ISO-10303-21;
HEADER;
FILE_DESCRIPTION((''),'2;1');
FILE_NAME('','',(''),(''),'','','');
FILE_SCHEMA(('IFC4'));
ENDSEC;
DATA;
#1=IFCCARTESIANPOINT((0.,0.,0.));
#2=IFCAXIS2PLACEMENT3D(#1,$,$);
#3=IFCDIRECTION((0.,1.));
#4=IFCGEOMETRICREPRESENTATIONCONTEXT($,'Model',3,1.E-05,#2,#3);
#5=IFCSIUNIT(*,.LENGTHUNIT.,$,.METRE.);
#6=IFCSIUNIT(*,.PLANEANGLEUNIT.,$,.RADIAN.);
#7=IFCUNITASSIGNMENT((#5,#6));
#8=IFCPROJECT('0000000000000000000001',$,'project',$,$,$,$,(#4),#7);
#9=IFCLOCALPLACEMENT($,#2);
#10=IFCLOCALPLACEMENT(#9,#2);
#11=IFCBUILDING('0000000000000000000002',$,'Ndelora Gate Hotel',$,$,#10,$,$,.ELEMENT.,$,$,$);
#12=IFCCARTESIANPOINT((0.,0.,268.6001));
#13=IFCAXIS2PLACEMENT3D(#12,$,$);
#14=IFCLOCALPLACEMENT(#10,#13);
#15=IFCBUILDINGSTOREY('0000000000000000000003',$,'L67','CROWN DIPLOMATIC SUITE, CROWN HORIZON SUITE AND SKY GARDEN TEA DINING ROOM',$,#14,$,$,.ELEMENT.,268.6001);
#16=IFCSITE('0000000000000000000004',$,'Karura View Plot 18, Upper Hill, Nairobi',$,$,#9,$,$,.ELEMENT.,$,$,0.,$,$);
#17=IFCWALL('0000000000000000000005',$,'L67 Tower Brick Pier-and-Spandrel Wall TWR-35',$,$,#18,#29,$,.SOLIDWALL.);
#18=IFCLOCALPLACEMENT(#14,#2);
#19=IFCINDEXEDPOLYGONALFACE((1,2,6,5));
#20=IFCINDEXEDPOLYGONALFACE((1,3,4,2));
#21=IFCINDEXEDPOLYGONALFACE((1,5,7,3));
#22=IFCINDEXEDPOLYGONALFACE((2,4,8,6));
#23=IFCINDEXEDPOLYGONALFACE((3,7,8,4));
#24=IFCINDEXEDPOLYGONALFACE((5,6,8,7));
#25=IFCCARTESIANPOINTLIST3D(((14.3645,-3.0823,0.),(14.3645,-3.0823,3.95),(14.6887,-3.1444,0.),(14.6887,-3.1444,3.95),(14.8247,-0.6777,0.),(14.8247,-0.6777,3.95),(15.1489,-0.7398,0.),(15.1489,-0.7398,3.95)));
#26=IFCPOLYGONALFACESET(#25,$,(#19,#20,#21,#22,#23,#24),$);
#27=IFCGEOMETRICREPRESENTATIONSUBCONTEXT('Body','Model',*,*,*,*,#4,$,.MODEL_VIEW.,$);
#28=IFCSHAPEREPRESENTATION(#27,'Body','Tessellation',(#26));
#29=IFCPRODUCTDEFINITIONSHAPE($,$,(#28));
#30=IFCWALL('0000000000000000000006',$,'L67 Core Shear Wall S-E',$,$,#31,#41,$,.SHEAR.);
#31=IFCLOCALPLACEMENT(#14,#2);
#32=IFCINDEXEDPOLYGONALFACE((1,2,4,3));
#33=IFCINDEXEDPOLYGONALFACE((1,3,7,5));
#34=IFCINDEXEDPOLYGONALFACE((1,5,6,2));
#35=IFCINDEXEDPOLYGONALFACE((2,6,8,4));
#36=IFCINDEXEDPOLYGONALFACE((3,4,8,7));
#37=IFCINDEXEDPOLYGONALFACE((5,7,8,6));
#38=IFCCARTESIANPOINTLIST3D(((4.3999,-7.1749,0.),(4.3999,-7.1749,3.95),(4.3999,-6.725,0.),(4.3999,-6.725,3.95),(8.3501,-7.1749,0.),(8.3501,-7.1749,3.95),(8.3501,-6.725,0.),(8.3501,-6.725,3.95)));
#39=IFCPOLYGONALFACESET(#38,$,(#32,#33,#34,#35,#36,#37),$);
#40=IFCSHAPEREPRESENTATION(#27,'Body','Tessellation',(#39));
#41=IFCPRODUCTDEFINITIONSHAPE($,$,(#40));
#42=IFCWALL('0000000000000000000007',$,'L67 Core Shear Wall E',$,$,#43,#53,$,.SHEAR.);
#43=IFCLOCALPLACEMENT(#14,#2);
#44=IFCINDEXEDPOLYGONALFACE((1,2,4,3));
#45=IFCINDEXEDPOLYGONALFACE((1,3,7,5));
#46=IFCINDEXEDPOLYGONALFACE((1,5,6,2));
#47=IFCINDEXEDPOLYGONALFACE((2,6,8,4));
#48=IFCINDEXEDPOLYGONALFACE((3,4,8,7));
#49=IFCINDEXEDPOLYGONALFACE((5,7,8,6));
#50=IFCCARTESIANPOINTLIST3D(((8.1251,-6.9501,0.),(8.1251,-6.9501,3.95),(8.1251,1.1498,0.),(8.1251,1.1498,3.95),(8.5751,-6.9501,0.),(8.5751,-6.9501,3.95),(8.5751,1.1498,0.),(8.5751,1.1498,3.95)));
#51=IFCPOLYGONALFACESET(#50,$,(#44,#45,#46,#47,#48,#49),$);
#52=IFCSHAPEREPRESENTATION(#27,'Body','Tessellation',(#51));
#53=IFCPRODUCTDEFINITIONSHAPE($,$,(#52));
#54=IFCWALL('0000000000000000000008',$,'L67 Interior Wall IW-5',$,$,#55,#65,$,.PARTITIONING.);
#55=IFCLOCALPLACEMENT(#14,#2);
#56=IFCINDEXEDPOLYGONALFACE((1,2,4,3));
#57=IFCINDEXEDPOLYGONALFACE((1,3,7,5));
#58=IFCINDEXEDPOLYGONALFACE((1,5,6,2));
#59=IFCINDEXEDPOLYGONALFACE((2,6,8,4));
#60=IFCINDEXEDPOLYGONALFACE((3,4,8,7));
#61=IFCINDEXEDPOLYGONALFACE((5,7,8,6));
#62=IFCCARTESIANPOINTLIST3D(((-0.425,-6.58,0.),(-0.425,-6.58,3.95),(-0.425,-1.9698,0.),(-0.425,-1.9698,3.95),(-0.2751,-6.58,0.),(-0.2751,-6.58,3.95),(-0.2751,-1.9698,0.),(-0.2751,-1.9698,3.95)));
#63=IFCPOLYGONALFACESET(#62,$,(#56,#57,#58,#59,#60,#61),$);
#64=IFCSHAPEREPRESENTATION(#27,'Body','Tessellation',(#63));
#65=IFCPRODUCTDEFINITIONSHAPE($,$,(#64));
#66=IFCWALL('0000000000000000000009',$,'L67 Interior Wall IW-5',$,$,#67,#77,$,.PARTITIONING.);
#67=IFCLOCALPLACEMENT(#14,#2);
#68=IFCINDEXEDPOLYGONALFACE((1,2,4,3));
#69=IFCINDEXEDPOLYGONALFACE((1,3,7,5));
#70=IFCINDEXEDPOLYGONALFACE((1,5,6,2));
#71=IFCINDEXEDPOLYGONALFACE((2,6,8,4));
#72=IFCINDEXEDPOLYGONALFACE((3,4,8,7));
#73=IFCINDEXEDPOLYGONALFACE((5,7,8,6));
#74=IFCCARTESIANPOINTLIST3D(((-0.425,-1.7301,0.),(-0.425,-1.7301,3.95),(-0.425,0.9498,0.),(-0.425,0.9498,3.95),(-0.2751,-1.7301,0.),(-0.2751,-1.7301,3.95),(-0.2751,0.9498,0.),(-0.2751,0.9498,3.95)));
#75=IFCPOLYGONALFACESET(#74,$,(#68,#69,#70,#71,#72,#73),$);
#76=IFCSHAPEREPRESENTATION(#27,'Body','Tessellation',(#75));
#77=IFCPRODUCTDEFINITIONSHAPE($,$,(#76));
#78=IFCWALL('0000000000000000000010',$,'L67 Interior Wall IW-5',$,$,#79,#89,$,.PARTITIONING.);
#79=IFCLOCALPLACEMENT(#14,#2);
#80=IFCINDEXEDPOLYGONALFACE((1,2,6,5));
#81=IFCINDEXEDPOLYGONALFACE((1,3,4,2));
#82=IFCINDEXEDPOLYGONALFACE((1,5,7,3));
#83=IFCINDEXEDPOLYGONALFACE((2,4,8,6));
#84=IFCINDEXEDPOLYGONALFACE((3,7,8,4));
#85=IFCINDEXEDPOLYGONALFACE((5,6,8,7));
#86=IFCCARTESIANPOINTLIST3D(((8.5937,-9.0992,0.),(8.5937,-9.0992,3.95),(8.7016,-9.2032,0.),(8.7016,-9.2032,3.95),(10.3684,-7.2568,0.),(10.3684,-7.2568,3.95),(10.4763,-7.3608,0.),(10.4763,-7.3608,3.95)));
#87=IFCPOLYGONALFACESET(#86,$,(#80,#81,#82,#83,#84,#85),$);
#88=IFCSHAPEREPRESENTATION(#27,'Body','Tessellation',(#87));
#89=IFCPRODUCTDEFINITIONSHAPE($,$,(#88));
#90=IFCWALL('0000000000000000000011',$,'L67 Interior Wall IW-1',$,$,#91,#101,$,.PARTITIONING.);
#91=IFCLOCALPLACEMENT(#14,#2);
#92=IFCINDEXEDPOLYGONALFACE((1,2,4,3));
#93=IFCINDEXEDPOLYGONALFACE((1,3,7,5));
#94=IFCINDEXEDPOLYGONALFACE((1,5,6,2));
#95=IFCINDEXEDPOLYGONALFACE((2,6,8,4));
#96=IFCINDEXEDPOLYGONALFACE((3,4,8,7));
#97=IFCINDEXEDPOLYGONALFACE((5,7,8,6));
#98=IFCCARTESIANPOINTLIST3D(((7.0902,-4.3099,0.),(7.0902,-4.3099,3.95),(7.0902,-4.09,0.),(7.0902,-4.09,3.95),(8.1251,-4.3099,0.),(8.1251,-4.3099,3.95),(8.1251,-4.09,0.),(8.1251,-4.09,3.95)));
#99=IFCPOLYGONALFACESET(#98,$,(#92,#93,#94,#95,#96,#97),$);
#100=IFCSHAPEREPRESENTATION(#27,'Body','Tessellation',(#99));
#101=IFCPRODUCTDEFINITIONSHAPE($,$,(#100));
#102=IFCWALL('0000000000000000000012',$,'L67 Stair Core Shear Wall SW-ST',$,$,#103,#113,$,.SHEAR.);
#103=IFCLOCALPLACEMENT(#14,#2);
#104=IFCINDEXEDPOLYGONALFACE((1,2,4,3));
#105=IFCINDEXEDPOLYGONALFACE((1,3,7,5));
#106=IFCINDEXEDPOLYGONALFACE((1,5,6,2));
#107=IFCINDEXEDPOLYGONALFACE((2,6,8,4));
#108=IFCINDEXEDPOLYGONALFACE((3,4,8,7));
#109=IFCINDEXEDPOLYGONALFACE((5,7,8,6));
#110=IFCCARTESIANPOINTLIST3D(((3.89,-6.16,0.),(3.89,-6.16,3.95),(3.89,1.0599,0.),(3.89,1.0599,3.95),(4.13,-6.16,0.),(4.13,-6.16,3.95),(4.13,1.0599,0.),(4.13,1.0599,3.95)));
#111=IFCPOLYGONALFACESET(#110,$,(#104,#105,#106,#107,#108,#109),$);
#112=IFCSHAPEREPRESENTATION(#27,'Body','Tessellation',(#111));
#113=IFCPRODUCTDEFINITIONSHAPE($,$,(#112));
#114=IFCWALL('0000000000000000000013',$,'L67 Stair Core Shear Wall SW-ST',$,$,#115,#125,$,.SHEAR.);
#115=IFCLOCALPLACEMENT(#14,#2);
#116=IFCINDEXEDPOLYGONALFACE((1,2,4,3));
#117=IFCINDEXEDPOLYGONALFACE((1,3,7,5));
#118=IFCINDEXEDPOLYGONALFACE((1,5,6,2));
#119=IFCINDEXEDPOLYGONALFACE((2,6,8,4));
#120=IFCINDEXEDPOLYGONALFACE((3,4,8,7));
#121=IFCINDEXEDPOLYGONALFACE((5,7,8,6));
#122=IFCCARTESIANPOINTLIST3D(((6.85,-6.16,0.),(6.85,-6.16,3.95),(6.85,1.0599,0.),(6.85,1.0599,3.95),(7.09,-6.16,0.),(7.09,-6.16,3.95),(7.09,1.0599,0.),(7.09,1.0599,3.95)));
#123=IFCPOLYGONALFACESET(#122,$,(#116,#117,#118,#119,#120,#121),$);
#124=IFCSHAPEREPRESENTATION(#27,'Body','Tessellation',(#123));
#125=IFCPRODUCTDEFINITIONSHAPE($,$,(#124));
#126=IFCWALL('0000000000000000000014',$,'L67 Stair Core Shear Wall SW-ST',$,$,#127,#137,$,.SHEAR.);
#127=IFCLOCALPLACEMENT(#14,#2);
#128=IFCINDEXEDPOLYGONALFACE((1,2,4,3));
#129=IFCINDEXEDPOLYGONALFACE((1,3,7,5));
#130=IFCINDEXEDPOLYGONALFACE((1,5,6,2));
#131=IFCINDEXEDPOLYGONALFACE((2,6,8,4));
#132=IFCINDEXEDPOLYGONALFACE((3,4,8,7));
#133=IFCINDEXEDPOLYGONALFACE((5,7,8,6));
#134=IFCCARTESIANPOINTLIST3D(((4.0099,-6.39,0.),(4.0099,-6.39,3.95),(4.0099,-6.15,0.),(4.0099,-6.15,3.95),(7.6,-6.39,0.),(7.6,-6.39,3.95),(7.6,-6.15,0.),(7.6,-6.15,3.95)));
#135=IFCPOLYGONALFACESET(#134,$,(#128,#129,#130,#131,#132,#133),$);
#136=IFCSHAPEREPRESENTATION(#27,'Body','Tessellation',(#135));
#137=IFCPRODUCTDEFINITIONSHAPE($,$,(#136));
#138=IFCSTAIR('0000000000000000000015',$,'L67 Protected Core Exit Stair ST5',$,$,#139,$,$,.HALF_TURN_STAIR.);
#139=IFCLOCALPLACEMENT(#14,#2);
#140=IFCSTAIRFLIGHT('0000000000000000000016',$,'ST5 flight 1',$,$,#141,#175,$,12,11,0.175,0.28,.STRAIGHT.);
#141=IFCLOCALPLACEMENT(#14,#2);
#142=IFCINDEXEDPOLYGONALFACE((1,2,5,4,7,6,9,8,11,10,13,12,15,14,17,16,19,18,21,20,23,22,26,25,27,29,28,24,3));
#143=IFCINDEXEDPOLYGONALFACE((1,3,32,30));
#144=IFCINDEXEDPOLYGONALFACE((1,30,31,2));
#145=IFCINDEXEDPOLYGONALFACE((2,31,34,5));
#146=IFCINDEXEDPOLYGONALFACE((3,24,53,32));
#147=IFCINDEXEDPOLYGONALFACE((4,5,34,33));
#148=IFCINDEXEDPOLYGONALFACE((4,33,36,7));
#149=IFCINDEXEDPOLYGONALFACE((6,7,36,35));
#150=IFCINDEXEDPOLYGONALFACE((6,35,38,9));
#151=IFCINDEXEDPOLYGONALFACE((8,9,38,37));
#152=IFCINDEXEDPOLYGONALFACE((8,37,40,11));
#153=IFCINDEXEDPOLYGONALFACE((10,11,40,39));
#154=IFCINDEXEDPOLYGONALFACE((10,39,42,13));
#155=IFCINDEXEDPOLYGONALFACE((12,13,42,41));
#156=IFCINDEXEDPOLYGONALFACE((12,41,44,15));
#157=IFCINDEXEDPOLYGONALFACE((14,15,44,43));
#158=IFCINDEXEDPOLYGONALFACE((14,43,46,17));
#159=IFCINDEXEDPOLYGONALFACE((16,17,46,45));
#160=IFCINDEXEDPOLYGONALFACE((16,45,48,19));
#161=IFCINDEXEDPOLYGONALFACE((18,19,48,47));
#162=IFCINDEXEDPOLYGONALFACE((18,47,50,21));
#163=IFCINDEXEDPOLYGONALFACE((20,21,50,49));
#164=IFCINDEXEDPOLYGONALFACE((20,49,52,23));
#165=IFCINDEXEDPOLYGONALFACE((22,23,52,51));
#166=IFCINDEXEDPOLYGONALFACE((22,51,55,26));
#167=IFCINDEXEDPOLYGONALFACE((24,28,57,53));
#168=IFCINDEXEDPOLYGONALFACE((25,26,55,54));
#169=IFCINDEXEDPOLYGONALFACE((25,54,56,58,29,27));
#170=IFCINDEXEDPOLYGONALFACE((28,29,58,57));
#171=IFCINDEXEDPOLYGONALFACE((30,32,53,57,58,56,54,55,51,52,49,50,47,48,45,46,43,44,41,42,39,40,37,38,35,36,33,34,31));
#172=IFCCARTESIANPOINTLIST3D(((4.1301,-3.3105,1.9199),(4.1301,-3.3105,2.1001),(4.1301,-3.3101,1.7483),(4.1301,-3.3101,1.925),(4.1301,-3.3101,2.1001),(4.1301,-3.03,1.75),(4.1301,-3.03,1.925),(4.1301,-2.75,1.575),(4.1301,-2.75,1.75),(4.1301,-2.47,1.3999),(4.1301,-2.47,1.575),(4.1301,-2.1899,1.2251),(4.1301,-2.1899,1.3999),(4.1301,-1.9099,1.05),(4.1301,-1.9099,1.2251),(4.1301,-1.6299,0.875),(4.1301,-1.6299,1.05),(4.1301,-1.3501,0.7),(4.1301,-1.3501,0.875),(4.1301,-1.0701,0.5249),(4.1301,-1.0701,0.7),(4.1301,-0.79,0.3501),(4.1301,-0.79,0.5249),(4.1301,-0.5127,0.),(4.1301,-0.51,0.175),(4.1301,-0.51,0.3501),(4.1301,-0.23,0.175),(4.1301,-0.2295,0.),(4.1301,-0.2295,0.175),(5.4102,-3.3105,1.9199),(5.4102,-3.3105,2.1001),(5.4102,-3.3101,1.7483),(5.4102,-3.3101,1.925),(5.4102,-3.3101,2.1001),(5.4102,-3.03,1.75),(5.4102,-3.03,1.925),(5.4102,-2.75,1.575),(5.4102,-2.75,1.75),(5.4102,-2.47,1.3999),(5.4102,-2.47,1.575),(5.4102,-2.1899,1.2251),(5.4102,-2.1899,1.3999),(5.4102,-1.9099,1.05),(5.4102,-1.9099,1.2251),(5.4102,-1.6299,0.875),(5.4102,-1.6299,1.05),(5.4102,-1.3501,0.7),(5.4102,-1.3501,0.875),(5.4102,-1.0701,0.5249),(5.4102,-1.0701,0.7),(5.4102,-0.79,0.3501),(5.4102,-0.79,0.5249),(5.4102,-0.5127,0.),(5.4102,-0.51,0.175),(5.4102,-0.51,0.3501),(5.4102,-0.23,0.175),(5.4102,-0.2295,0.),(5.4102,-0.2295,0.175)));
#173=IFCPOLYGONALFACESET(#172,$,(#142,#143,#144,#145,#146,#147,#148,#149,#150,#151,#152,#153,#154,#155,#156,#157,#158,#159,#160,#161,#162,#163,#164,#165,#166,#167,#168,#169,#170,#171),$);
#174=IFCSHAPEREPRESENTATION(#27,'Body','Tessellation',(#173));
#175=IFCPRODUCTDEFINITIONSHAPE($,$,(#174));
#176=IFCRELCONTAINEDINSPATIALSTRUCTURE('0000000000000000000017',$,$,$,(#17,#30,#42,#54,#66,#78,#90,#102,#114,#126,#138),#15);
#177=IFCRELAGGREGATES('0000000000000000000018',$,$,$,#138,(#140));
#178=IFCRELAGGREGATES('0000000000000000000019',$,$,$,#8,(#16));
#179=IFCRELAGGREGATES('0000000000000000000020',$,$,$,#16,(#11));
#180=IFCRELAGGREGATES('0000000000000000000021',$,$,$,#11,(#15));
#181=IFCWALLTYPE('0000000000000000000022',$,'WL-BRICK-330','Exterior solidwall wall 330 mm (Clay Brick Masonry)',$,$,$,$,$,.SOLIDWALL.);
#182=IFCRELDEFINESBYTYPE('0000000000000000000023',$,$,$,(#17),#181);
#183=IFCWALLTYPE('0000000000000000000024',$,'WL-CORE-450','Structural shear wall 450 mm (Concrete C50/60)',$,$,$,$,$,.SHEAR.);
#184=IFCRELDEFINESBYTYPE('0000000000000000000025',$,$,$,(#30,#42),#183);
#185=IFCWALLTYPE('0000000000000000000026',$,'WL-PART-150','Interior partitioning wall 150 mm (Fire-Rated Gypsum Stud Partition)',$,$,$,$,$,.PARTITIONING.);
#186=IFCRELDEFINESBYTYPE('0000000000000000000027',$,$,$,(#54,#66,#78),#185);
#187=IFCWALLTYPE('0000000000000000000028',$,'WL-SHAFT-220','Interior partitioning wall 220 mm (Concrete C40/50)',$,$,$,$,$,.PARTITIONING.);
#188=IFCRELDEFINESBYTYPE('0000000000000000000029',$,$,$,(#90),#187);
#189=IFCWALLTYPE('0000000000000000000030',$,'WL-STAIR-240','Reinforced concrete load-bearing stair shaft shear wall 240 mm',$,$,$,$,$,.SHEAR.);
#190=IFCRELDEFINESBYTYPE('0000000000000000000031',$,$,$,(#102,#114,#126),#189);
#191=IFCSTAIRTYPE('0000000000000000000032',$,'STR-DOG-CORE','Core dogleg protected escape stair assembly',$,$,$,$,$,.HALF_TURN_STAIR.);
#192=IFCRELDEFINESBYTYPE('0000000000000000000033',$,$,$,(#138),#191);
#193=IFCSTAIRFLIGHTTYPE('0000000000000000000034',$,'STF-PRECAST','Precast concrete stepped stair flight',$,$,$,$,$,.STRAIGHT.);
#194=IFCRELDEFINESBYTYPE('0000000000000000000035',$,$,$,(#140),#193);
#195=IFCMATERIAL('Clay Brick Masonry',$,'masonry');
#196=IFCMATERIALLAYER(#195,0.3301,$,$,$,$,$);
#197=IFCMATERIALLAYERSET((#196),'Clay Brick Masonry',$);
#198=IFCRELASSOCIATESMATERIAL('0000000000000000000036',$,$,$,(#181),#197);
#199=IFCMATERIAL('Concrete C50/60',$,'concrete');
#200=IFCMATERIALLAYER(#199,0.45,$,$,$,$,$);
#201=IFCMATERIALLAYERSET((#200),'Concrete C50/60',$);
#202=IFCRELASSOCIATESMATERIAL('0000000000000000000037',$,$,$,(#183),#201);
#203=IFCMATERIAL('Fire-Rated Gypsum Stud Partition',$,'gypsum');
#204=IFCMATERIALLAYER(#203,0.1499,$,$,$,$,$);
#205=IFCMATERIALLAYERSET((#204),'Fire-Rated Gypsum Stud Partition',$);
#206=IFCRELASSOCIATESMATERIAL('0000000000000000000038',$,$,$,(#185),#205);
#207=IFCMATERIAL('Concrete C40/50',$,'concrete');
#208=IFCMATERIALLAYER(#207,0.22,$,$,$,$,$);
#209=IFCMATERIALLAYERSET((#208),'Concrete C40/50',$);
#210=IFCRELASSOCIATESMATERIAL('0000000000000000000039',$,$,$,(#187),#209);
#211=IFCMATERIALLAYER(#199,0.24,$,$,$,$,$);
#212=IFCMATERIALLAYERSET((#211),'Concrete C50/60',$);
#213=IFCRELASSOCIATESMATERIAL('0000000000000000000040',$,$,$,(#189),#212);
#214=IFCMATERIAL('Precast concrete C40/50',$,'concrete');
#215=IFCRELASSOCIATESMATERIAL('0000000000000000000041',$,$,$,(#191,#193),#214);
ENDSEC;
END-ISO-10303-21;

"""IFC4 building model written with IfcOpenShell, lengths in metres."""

from ifc_helpers import new_model, si_unit, direction, frame, frame_2d, origin, place, context, subcontext, project, spatial, polyline, rectangle, outline, extrude, material, layer, layer_set, type_object, element, aggregate, save


model = new_model("IFC4")

# Units and contexts
model_context = context("Model", 3, precision=1e-05, world=origin(), true_north=direction((0.0, 1.0)))
body_context = subcontext(model_context, "Body", "Model", "MODEL_VIEW")
ifc_project = project(units=[si_unit("LENGTHUNIT", "METRE"), si_unit("PLANEANGLEUNIT", "RADIAN")], contexts=[model_context])

# Site, building, storey
site_placement = place(None, origin())
site = spatial("IfcSite", under=ifc_project, at=site_placement, Name="Karura View Plot 18, Upper Hill, Nairobi", CompositionType="ELEMENT", RefElevation=0.0)
building_placement = place(site_placement, origin())
building = spatial("IfcBuilding", under=site, at=building_placement, Name="Ndelora Gate Hotel", CompositionType="ELEMENT")
storey_placement = place(building_placement, frame((0.0, 0.0, 268.6001)))
storey = spatial("IfcBuildingStorey", under=building, at=storey_placement, Name="L67", Description="CROWN DIPLOMATIC SUITE, CROWN HORIZON SUITE AND SKY GARDEN TEA DINING ROOM", CompositionType="ELEMENT", Elevation=268.6001)

# Shared definitions
ifc_material_1 = material(Name="Concrete C50/60", Category="concrete")

# Walls
ifc_material_2 = material(Name="Clay Brick Masonry", Category="masonry")
ifc_layer_1 = layer(ifc_material_2, 0.3301)
ifc_layer_set_1 = layer_set([ifc_layer_1], Name="Clay Brick Masonry")
wall_type_1 = type_object("IfcWallType", Name="WL-BRICK-330", Description="Exterior solidwall wall 330 mm (Clay Brick Masonry)", PredefinedType="SOLIDWALL", material=ifc_layer_set_1)
wall_1_placement = place(storey_placement, frame((14.9868, -0.7087, 0.0), z_axis=(0.0, 0.0, 1.0), x_axis=(-0.187978, -0.982173, 0.0)))
element("IfcWall", 1, at=wall_1_placement, inside=storey, type_object=wall_type_1, Name="L67 Tower Brick Pier-and-Spandrel Wall TWR-35", PredefinedType="SOLIDWALL", context=body_context, shape_type="SweptSolid", body=[
    extrude(rectangle(XDim=2.4482, YDim=0.3301, at=frame_2d((1.2241, 0.0))), origin(), (0.0, 0.0, 1.0), 3.95),
])
ifc_layer_2 = layer(ifc_material_1, 0.45)
ifc_layer_set_2 = layer_set([ifc_layer_2], Name="Concrete C50/60")
wall_type_2 = type_object("IfcWallType", Name="WL-CORE-450", Description="Structural shear wall 450 mm (Concrete C50/60)", PredefinedType="SHEAR", material=ifc_layer_set_2)
wall_2_placement = place(storey_placement, frame((4.3999, -6.95, 0.0), z_axis=(0.0, 0.0, 1.0), x_axis=(1.0, 0.0, 0.0)))
element("IfcWall", 2, at=wall_2_placement, inside=storey, type_object=wall_type_2, Name="L67 Core Shear Wall S-E", PredefinedType="SHEAR", context=body_context, shape_type="SweptSolid", body=[
    extrude(rectangle(XDim=3.9502, YDim=0.45, at=frame_2d((1.9751, 0.0))), origin(), (0.0, 0.0, 1.0), 3.95),
])
wall_3_placement = place(storey_placement, frame((8.3501, -6.95, 0.0), z_axis=(0.0, 0.0, 1.0), x_axis=(0.0, 1.0, 0.0)))
element("IfcWall", 3, at=wall_3_placement, inside=storey, type_object=wall_type_2, Name="L67 Core Shear Wall E", PredefinedType="SHEAR", context=body_context, shape_type="SweptSolid", body=[
    extrude(rectangle(XDim=8.0999, YDim=0.45, at=frame_2d((4.0498, 0.0))), origin(), (0.0, 0.0, 1.0), 3.95),
])
ifc_material_3 = material(Name="Fire-Rated Gypsum Stud Partition", Category="gypsum")
ifc_layer_3 = layer(ifc_material_3, 0.1499)
ifc_layer_set_3 = layer_set([ifc_layer_3], Name="Fire-Rated Gypsum Stud Partition")
wall_type_3 = type_object("IfcWallType", Name="WL-PART-150", Description="Interior partitioning wall 150 mm (Fire-Rated Gypsum Stud Partition)", PredefinedType="PARTITIONING", material=ifc_layer_set_3)
wall_4_placement = place(storey_placement, frame((-0.3501, -6.5801, 0.0), z_axis=(0.0, 0.0, 1.0), x_axis=(0.0, 1.0, 0.0)))
element("IfcWall", 4, at=wall_4_placement, inside=storey, type_object=wall_type_3, Name="L67 Interior Wall IW-5", PredefinedType="PARTITIONING", context=body_context, shape_type="SweptSolid", body=[
    extrude(rectangle(XDim=4.6101, YDim=0.1499, at=frame_2d((2.3052, 0.0))), origin(), (0.0, 0.0, 1.0), 3.95),
])
wall_5_placement = place(storey_placement, frame((-0.3501, -1.73, 0.0), z_axis=(0.0, 0.0, 1.0), x_axis=(0.0, 1.0, 0.0)))
element("IfcWall", 5, at=wall_5_placement, inside=storey, type_object=wall_type_3, Name="L67 Interior Wall IW-5", PredefinedType="PARTITIONING", context=body_context, shape_type="SweptSolid", body=[
    extrude(rectangle(XDim=2.6799, YDim=0.1499, at=frame_2d((1.3398, 0.0))), origin(), (0.0, 0.0, 1.0), 3.95),
])
wall_6_placement = place(storey_placement, frame((10.4224, -7.3088, 0.0), z_axis=(0.0, 0.0, 1.0), x_axis=(-0.693765, -0.720202, 0.0)))
element("IfcWall", 6, at=wall_6_placement, inside=storey, type_object=wall_type_3, Name="L67 Interior Wall IW-5", PredefinedType="PARTITIONING", context=body_context, shape_type="SweptSolid", body=[
    extrude(rectangle(XDim=2.5581, YDim=0.1499, at=frame_2d((1.2791, 0.0))), origin(), (0.0, 0.0, 1.0), 3.95),
])
ifc_material_4 = material(Name="Concrete C40/50", Category="concrete")
ifc_layer_4 = layer(ifc_material_4, 0.22)
ifc_layer_set_4 = layer_set([ifc_layer_4], Name="Concrete C40/50")
wall_type_4 = type_object("IfcWallType", Name="WL-SHAFT-220", Description="Interior partitioning wall 220 mm (Concrete C40/50)", PredefinedType="PARTITIONING", material=ifc_layer_set_4)
wall_7_placement = place(storey_placement, frame((7.0901, -4.2, 0.0), z_axis=(0.0, 0.0, 1.0), x_axis=(1.0, 0.0, 0.0)))
element("IfcWall", 7, at=wall_7_placement, inside=storey, type_object=wall_type_4, Name="L67 Interior Wall IW-1", PredefinedType="PARTITIONING", context=body_context, shape_type="SweptSolid", body=[
    extrude(rectangle(XDim=1.0349, YDim=0.22, at=frame_2d((0.5176, 0.0))), origin(), (0.0, 0.0, 1.0), 3.95),
])
ifc_layer_5 = layer(ifc_material_1, 0.24)
ifc_layer_set_5 = layer_set([ifc_layer_5], Name="Concrete C50/60")
wall_type_5 = type_object("IfcWallType", Name="WL-STAIR-240", Description="Reinforced concrete load-bearing stair shaft shear wall 240 mm", PredefinedType="SHEAR", material=ifc_layer_set_5)
for number, where, z_axis, x_axis, name in (
    (8, (4.01, -6.1599, 0.0), (0.0, 0.0, 1.0), (0.0, 1.0, 0.0), "L67 Stair Core Shear Wall SW-ST"),
    (9, (6.97, -6.1599, 0.0), (0.0, 0.0, 1.0), (0.0, 1.0, 0.0), "L67 Stair Core Shear Wall SW-ST"),
):
    element("IfcWall", number, at=place(storey_placement, frame(where, z_axis=z_axis, x_axis=x_axis)), inside=storey, type_object=wall_type_5, Name=name, PredefinedType="SHEAR", context=body_context, shape_type="SweptSolid", body=[
        extrude(rectangle(XDim=7.22, YDim=0.24, at=frame_2d((3.6099, 0.0))), origin(), (0.0, 0.0, 1.0), 3.95),
    ])
wall_8_placement = place(storey_placement, frame((4.01, -6.27, 0.0), z_axis=(0.0, 0.0, 1.0), x_axis=(1.0, 0.0, 0.0)))
element("IfcWall", 10, at=wall_8_placement, inside=storey, type_object=wall_type_5, Name="L67 Stair Core Shear Wall SW-ST", PredefinedType="SHEAR", context=body_context, shape_type="SweptSolid", body=[
    extrude(rectangle(XDim=3.5901, YDim=0.24, at=frame_2d((1.7949, 0.0))), origin(), (0.0, 0.0, 1.0), 3.95),
])

# Stair, stair flight
ifc_material_5 = material(Name="Precast concrete C40/50", Category="concrete")
stair_type = type_object("IfcStairType", Name="STR-DOG-CORE", Description="Core dogleg protected escape stair assembly", PredefinedType="HALF_TURN_STAIR", material=ifc_material_5)
stair_placement = place(storey_placement, origin())
stair = element("IfcStair", 11, at=stair_placement, inside=storey, type_object=stair_type, Name="L67 Protected Core Exit Stair ST5", PredefinedType="HALF_TURN_STAIR")
stair_flight_type = type_object("IfcStairFlightType", Name="STF-PRECAST", Description="Precast concrete stepped stair flight", PredefinedType="STRAIGHT", material=ifc_material_5)
stair_flight_1_placement = place(storey_placement, frame((4.77, -0.23, 0.0), z_axis=(0.0, 0.0, 1.0), x_axis=(0.0, -1.0, 0.0)))
stair_flight_1 = element("IfcStairFlight", 12, at=stair_flight_1_placement, type_object=stair_flight_type, Name="ST5 flight 1", NumberOfRisers=12, NumberOfTreads=11, PredefinedType="STRAIGHT", RiserHeight=0.175, TreadLength=0.28, context=body_context, shape_type="SweptSolid", body=[
    extrude(outline(polyline([(-0.0005, 0.0), (-0.0005, 0.175), (0.0, 0.175), (0.28, 0.175), (0.28, 0.3501), (0.5601, 0.3501), (0.5601, 0.5249), (0.8401, 0.5249), (0.8401, 0.7), (1.1201, 0.7), (1.1201, 0.875), (1.3999, 0.875), (1.3999, 1.05), (1.6799, 1.05), (1.6799, 1.2251), (1.96, 1.2251), (1.96, 1.3999), (2.24, 1.3999), (2.24, 1.575), (2.52, 1.575), (2.52, 1.75), (2.8, 1.75), (2.8, 1.925), (3.0801, 1.925), (3.0801, 2.1001), (3.0806, 2.1001), (3.0806, 1.9199), (3.0801, 1.7483), (0.2827, 0.0), (-0.0005, 0.0)])), frame((0.0, 0.6401, 0.0), z_axis=(0.0, -1.0, 0.0), x_axis=(1.0, 0.0, 0.0)), (0.0, 0.0, 1.0), 1.28),
])
aggregate(stair, [stair_flight_1])

save(model, "model.ifc")
